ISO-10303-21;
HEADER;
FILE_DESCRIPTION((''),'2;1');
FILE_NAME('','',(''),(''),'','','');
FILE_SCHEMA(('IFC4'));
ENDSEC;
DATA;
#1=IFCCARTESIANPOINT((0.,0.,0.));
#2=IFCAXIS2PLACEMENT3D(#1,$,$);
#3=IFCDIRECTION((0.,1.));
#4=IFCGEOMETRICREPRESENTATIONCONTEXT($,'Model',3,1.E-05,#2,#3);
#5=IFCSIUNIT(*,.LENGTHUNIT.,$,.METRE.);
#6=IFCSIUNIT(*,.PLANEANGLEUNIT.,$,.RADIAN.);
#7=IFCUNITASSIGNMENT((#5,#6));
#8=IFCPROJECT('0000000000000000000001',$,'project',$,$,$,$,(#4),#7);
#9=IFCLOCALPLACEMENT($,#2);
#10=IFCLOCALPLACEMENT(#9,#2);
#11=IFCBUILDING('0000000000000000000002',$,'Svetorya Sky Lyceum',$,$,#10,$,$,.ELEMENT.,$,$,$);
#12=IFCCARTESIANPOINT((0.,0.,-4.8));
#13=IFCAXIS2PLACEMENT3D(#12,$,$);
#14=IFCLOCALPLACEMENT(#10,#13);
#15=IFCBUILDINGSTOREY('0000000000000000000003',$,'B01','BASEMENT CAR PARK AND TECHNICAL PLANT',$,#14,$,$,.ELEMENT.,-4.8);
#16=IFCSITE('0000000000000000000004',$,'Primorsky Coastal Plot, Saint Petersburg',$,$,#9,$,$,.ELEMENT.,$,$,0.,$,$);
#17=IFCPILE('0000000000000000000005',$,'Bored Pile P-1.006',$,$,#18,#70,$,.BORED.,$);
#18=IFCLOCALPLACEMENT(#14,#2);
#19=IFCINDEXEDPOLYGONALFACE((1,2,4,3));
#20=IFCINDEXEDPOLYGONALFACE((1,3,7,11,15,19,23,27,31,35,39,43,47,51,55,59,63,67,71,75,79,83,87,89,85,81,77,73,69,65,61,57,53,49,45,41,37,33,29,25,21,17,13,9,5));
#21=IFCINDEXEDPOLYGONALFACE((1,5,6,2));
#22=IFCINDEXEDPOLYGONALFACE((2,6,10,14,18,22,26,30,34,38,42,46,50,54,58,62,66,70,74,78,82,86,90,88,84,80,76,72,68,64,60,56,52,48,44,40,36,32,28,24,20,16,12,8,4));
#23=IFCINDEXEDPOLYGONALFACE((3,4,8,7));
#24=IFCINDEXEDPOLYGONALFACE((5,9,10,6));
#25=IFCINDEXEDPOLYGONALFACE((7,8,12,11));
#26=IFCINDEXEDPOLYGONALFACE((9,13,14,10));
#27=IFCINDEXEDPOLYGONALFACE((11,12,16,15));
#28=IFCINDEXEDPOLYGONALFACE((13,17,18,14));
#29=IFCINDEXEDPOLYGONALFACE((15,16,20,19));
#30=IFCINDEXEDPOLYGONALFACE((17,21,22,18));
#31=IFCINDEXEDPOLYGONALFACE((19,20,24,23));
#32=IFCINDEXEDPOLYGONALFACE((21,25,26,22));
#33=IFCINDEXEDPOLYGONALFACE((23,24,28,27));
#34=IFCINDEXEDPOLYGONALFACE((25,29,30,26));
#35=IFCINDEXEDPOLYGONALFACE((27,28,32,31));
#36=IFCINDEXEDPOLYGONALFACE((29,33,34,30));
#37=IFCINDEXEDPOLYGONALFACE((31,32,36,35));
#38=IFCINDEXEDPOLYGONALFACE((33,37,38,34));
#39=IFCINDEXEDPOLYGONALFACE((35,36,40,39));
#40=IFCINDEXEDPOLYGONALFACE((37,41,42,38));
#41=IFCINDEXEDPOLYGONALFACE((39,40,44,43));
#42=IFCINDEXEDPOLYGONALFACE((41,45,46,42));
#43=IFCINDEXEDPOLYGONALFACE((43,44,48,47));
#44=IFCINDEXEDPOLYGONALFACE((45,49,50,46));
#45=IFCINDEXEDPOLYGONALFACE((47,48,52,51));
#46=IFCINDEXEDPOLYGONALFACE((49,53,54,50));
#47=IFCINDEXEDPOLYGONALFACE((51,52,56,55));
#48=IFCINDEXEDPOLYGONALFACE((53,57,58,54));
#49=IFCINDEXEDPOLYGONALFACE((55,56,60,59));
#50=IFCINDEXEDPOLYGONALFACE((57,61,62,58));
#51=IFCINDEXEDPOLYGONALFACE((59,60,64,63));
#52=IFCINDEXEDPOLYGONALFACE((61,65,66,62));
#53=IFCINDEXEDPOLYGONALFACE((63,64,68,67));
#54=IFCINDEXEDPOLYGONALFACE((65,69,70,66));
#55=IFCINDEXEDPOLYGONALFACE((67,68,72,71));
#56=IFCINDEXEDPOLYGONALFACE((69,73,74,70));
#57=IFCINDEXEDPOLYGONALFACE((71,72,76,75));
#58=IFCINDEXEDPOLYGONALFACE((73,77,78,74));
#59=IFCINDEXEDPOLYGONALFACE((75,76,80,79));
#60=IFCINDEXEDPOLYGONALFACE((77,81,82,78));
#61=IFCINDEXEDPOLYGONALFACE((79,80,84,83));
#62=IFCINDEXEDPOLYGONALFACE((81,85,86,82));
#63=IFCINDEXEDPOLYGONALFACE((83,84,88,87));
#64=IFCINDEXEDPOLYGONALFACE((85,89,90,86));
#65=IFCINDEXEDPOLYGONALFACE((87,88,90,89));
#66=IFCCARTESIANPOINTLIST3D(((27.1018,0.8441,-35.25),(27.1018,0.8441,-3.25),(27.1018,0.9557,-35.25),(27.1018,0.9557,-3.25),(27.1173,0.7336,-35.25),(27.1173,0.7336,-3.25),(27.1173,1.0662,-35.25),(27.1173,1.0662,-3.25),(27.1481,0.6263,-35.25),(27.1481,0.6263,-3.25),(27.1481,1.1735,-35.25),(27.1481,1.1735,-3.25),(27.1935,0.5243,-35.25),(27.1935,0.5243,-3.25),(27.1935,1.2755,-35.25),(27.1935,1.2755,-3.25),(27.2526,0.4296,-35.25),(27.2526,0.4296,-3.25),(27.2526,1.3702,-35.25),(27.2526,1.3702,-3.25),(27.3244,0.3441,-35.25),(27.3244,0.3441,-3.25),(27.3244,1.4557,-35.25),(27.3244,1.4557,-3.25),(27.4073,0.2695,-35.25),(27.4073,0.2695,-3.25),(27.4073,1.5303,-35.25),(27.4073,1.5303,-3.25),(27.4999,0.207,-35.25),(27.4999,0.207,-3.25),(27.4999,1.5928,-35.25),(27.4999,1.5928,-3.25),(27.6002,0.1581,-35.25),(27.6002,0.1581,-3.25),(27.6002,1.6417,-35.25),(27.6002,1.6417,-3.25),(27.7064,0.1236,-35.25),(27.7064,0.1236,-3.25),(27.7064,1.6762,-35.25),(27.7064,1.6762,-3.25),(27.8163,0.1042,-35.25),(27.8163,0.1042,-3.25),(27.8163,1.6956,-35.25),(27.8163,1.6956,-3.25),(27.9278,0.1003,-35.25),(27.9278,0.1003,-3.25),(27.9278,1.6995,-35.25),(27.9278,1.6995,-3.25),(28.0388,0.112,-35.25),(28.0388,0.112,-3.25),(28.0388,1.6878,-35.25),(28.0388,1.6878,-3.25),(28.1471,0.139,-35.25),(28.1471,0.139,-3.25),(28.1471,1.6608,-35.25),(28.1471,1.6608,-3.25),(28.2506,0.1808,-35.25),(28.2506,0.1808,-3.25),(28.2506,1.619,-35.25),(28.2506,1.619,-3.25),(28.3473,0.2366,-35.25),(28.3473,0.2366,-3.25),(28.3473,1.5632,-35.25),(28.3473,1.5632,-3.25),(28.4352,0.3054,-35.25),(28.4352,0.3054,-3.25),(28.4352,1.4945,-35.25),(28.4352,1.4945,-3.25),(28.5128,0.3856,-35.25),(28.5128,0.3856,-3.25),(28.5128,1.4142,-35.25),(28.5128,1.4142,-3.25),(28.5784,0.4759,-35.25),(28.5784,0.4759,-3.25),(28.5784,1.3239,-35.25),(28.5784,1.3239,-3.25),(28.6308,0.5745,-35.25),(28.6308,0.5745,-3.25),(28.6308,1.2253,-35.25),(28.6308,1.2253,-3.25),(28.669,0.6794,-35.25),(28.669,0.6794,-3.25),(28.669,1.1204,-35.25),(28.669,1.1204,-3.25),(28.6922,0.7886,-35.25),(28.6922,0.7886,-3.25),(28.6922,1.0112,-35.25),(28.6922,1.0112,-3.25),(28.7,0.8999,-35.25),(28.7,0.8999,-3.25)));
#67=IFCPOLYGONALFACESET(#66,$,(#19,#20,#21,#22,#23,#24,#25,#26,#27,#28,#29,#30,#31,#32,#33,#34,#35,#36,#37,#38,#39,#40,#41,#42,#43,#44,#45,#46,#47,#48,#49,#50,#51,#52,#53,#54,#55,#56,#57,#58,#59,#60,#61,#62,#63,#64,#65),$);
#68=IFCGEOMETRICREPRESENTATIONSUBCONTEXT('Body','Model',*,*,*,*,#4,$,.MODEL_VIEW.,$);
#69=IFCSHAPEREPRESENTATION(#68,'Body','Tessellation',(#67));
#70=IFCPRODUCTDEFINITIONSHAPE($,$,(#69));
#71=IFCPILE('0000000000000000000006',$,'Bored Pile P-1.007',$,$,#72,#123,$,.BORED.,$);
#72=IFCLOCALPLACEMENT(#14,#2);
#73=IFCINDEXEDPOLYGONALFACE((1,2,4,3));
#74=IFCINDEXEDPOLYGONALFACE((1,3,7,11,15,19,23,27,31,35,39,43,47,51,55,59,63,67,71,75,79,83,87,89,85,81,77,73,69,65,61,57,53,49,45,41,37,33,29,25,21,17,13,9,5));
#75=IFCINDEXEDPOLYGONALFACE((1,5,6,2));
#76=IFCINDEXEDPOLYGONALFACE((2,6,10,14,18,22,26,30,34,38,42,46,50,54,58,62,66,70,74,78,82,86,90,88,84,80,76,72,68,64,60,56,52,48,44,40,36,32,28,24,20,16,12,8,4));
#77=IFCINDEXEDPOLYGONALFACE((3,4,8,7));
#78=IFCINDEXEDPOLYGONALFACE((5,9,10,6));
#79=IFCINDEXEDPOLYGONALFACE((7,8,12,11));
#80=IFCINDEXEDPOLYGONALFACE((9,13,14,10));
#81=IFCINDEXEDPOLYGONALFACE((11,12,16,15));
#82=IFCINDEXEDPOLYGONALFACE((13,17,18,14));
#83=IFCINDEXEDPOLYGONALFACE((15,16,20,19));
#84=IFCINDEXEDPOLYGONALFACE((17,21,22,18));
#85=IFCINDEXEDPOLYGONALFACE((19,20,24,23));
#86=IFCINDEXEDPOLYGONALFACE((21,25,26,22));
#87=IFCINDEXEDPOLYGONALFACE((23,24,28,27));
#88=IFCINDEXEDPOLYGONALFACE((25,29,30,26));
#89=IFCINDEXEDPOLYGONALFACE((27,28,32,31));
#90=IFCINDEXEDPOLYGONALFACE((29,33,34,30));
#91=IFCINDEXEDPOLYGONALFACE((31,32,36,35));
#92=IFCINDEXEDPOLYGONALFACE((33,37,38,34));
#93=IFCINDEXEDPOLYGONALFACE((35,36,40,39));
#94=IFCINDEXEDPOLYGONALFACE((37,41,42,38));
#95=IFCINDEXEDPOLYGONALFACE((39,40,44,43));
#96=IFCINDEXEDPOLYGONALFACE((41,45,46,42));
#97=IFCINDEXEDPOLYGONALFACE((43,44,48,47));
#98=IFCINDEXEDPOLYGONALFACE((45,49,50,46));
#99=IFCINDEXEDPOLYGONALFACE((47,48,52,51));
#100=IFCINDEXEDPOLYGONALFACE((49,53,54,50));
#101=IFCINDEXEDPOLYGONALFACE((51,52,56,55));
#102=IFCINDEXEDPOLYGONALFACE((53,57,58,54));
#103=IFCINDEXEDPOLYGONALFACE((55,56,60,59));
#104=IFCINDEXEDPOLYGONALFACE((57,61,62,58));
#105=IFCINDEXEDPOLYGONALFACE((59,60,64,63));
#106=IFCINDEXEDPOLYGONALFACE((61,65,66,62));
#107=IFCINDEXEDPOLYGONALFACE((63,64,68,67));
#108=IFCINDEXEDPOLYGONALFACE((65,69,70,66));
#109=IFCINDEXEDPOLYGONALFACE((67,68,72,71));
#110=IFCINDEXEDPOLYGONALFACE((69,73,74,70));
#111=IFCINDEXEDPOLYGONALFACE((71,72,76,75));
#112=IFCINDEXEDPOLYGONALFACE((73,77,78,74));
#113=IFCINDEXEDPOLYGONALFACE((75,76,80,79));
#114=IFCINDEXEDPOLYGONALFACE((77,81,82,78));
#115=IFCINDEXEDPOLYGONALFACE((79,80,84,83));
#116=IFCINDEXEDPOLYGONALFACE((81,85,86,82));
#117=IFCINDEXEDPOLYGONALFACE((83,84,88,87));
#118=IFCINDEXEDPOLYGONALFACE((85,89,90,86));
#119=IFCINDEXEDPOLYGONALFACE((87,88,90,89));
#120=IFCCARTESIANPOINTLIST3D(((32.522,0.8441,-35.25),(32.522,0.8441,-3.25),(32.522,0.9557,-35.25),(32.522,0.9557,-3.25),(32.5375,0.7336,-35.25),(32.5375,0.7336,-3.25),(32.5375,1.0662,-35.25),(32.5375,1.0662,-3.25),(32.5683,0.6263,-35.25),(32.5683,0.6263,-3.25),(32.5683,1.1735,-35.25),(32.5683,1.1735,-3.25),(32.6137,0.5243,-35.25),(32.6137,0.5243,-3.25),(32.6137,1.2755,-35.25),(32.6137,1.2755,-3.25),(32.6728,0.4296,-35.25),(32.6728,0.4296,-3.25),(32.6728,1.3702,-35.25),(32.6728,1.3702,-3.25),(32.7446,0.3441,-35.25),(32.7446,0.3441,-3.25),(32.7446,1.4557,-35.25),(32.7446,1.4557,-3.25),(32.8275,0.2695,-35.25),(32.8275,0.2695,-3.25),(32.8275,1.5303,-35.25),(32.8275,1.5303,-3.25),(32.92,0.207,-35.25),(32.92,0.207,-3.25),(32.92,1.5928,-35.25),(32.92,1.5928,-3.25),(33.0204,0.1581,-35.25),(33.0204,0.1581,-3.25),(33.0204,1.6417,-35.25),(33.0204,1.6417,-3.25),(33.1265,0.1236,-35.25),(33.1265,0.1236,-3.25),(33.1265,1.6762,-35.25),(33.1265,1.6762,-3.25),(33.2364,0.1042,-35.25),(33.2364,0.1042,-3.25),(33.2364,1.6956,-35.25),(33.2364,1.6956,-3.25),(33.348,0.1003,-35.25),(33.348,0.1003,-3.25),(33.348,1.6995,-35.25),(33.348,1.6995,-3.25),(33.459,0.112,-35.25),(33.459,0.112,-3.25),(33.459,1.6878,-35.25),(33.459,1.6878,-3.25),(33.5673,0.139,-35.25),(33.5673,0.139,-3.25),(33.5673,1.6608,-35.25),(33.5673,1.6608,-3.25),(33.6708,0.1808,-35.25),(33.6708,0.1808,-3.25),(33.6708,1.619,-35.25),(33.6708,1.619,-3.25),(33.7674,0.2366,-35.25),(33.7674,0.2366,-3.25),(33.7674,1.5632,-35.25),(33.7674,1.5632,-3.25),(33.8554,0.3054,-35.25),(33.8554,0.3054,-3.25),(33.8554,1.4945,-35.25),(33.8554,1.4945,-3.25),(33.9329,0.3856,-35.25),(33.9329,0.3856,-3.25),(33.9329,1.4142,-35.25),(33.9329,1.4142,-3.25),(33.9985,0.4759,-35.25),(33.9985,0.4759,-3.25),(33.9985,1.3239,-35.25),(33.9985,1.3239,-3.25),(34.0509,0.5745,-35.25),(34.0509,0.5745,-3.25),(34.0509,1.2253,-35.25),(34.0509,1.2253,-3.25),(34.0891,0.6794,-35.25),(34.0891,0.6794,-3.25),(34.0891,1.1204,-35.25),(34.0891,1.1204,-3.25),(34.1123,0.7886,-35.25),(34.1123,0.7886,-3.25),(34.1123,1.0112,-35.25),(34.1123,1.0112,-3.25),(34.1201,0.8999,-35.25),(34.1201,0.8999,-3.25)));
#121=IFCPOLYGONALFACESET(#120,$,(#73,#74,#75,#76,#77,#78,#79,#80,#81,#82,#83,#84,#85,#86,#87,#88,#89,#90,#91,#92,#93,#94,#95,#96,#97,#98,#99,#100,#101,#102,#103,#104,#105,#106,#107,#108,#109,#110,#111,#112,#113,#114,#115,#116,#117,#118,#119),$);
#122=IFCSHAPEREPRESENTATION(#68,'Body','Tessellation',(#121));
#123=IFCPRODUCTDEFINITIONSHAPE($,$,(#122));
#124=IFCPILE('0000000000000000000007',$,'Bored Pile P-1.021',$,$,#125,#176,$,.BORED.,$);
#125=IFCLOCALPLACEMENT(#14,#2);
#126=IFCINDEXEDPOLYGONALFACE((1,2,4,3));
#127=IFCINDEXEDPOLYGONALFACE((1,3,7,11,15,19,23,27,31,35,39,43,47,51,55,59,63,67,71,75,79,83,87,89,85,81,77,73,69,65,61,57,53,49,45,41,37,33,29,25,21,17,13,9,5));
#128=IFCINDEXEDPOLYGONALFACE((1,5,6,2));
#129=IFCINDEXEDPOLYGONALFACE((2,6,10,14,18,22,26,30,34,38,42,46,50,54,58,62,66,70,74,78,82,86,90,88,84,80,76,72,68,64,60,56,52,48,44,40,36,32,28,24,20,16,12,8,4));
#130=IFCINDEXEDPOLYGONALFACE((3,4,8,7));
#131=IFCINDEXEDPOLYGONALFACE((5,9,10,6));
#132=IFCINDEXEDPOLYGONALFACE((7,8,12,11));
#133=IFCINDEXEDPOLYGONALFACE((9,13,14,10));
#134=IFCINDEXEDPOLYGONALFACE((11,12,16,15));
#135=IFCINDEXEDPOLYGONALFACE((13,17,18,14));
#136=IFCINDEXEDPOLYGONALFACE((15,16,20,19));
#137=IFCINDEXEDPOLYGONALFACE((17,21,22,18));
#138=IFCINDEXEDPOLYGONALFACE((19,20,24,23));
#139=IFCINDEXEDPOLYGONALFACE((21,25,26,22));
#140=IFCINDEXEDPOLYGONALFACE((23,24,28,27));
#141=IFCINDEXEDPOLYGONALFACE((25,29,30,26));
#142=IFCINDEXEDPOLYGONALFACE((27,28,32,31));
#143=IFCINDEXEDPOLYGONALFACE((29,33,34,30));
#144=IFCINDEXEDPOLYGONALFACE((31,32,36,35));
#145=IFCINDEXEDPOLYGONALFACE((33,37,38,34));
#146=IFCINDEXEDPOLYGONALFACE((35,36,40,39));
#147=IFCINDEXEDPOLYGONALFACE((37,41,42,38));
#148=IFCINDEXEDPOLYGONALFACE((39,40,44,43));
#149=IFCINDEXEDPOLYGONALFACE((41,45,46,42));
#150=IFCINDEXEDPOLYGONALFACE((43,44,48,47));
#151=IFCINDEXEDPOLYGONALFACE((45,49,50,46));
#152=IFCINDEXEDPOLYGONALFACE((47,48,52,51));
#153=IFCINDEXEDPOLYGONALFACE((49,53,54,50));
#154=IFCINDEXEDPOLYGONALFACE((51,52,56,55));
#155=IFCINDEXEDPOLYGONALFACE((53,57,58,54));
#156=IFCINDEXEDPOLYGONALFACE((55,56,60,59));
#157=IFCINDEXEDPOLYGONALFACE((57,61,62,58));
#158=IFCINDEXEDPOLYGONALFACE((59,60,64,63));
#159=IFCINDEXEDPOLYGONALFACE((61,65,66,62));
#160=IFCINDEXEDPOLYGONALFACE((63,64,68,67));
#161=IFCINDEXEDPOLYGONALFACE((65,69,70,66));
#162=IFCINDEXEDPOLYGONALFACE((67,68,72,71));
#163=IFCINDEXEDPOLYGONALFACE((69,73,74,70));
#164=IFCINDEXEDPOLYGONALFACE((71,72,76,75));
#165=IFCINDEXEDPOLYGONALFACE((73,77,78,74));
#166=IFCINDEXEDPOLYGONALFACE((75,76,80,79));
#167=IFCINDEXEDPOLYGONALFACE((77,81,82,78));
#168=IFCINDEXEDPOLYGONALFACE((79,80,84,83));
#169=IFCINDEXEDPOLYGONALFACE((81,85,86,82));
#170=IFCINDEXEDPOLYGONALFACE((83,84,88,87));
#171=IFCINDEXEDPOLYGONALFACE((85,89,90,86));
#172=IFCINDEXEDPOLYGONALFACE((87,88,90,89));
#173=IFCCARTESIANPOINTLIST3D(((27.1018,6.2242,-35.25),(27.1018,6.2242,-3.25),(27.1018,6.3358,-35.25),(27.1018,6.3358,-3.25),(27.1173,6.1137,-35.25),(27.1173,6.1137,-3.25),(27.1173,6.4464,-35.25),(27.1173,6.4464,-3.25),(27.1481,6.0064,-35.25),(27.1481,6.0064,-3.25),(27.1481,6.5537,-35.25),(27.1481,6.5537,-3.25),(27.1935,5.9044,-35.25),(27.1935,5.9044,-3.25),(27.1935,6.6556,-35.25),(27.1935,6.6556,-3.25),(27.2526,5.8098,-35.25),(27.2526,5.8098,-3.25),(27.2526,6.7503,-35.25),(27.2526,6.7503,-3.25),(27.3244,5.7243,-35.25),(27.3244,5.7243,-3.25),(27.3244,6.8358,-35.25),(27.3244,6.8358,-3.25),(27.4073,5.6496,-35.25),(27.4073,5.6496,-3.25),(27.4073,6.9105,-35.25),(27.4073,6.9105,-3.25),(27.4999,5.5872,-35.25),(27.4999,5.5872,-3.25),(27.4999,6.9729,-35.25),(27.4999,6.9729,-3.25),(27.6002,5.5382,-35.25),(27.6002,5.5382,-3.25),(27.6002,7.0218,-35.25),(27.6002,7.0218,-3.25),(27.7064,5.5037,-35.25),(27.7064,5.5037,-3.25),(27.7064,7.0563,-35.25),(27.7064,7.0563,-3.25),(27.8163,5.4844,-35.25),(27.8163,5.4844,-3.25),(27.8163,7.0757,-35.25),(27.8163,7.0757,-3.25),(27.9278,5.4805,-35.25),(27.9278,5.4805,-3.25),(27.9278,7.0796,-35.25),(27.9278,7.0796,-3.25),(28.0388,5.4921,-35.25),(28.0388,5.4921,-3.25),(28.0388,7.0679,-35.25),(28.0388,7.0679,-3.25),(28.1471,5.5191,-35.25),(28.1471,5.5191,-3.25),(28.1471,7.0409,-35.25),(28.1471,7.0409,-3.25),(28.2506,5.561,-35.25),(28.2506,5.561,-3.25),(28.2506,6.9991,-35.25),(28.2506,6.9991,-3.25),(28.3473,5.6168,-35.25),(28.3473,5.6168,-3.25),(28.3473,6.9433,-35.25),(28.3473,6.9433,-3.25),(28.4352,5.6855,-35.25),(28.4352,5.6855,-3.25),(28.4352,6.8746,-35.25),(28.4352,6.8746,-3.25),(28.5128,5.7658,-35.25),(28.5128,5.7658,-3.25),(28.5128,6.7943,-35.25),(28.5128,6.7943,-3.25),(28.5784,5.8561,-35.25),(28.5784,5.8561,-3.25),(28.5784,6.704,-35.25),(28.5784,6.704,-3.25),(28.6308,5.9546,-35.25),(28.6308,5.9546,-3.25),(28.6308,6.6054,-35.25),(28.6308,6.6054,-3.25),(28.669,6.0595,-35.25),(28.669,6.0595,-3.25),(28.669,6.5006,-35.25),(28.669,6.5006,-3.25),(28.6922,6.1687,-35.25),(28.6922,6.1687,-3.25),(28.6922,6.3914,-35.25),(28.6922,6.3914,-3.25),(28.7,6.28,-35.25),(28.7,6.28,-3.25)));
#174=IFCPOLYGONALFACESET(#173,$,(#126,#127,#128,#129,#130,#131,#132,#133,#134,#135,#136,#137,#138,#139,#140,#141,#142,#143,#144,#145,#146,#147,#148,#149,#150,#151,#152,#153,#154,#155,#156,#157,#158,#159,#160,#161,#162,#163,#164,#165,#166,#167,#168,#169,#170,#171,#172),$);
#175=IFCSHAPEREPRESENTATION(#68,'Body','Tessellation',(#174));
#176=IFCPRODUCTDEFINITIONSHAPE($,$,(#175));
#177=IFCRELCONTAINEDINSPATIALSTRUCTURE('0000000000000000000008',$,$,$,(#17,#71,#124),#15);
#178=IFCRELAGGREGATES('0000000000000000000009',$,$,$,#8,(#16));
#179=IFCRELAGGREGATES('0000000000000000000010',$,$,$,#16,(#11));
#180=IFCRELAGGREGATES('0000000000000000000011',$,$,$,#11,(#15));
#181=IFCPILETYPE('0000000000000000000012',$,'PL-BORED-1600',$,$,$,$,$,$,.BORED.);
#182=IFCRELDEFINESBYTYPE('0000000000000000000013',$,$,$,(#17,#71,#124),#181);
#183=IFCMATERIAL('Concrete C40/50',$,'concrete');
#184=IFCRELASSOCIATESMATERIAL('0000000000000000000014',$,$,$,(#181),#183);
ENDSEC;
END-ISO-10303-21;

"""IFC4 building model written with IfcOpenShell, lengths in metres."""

from ifc_helpers import new_model, si_unit, direction, frame, origin, origin_2d, place, context, subcontext, project, spatial, circle, extrude, material, material_profile, profile_set, type_object, element, save


model = new_model("IFC4")

# Units and contexts
model_context = context("Model", 3, precision=1e-05, world=origin(), true_north=direction((0.0, 1.0)))
body_context = subcontext(model_context, "Body", "Model", "MODEL_VIEW")
ifc_project = project(units=[si_unit("LENGTHUNIT", "METRE"), si_unit("PLANEANGLEUNIT", "RADIAN")], contexts=[model_context])

# Site, building, storey
site_placement = place(None, origin())
site = spatial("IfcSite", under=ifc_project, at=site_placement, Name="Primorsky Coastal Plot, Saint Petersburg", CompositionType="ELEMENT", RefElevation=0.0)
building_placement = place(site_placement, origin())
building = spatial("IfcBuilding", under=site, at=building_placement, Name="Svetorya Sky Lyceum", CompositionType="ELEMENT")
storey_placement = place(building_placement, frame((0.0, 0.0, -4.8)))
storey = spatial("IfcBuildingStorey", under=building, at=storey_placement, Name="B01", Description="BASEMENT CAR PARK AND TECHNICAL PLANT", CompositionType="ELEMENT", Elevation=-4.8)

# Piles
ifc_material_1 = material(Name="Concrete C40/50", Category="concrete")
ifc_material_profile_1 = material_profile(ifc_material_1, circle(Radius=0.8, at=origin_2d()), Name="RC PILE D1600")
ifc_profile_set_1 = profile_set([ifc_material_profile_1], Name="Concrete C40/50")
pile_type = type_object("IfcPileType", Name="PL-BORED-1600", PredefinedType="BORED", material=ifc_profile_set_1)
for number, where, z_axis, x_axis, name in (
    (1, (27.8999, 0.8999, -3.25), (0.0, 0.0, -1.0), (1.0, 0.0, 0.0), "Bored Pile P-1.006"),
    (2, (33.3201, 0.8999, -3.25), (0.0, 0.0, -1.0), (1.0, 0.0, 0.0), "Bored Pile P-1.007"),
    (3, (27.8999, 6.28, -3.25), (0.0, 0.0, -1.0), (1.0, 0.0, 0.0), "Bored Pile P-1.021"),
):
    element("IfcPile", number, at=place(storey_placement, frame(where, z_axis=z_axis, x_axis=x_axis)), inside=storey, type_object=pile_type, Name=name, PredefinedType="BORED", context=body_context, shape_type="SweptSolid", body=[
        extrude(circle(Radius=0.8, at=origin_2d()), origin(), (0.0, 0.0, 1.0), 32.0),
    ])

save(model, "model.ifc")
